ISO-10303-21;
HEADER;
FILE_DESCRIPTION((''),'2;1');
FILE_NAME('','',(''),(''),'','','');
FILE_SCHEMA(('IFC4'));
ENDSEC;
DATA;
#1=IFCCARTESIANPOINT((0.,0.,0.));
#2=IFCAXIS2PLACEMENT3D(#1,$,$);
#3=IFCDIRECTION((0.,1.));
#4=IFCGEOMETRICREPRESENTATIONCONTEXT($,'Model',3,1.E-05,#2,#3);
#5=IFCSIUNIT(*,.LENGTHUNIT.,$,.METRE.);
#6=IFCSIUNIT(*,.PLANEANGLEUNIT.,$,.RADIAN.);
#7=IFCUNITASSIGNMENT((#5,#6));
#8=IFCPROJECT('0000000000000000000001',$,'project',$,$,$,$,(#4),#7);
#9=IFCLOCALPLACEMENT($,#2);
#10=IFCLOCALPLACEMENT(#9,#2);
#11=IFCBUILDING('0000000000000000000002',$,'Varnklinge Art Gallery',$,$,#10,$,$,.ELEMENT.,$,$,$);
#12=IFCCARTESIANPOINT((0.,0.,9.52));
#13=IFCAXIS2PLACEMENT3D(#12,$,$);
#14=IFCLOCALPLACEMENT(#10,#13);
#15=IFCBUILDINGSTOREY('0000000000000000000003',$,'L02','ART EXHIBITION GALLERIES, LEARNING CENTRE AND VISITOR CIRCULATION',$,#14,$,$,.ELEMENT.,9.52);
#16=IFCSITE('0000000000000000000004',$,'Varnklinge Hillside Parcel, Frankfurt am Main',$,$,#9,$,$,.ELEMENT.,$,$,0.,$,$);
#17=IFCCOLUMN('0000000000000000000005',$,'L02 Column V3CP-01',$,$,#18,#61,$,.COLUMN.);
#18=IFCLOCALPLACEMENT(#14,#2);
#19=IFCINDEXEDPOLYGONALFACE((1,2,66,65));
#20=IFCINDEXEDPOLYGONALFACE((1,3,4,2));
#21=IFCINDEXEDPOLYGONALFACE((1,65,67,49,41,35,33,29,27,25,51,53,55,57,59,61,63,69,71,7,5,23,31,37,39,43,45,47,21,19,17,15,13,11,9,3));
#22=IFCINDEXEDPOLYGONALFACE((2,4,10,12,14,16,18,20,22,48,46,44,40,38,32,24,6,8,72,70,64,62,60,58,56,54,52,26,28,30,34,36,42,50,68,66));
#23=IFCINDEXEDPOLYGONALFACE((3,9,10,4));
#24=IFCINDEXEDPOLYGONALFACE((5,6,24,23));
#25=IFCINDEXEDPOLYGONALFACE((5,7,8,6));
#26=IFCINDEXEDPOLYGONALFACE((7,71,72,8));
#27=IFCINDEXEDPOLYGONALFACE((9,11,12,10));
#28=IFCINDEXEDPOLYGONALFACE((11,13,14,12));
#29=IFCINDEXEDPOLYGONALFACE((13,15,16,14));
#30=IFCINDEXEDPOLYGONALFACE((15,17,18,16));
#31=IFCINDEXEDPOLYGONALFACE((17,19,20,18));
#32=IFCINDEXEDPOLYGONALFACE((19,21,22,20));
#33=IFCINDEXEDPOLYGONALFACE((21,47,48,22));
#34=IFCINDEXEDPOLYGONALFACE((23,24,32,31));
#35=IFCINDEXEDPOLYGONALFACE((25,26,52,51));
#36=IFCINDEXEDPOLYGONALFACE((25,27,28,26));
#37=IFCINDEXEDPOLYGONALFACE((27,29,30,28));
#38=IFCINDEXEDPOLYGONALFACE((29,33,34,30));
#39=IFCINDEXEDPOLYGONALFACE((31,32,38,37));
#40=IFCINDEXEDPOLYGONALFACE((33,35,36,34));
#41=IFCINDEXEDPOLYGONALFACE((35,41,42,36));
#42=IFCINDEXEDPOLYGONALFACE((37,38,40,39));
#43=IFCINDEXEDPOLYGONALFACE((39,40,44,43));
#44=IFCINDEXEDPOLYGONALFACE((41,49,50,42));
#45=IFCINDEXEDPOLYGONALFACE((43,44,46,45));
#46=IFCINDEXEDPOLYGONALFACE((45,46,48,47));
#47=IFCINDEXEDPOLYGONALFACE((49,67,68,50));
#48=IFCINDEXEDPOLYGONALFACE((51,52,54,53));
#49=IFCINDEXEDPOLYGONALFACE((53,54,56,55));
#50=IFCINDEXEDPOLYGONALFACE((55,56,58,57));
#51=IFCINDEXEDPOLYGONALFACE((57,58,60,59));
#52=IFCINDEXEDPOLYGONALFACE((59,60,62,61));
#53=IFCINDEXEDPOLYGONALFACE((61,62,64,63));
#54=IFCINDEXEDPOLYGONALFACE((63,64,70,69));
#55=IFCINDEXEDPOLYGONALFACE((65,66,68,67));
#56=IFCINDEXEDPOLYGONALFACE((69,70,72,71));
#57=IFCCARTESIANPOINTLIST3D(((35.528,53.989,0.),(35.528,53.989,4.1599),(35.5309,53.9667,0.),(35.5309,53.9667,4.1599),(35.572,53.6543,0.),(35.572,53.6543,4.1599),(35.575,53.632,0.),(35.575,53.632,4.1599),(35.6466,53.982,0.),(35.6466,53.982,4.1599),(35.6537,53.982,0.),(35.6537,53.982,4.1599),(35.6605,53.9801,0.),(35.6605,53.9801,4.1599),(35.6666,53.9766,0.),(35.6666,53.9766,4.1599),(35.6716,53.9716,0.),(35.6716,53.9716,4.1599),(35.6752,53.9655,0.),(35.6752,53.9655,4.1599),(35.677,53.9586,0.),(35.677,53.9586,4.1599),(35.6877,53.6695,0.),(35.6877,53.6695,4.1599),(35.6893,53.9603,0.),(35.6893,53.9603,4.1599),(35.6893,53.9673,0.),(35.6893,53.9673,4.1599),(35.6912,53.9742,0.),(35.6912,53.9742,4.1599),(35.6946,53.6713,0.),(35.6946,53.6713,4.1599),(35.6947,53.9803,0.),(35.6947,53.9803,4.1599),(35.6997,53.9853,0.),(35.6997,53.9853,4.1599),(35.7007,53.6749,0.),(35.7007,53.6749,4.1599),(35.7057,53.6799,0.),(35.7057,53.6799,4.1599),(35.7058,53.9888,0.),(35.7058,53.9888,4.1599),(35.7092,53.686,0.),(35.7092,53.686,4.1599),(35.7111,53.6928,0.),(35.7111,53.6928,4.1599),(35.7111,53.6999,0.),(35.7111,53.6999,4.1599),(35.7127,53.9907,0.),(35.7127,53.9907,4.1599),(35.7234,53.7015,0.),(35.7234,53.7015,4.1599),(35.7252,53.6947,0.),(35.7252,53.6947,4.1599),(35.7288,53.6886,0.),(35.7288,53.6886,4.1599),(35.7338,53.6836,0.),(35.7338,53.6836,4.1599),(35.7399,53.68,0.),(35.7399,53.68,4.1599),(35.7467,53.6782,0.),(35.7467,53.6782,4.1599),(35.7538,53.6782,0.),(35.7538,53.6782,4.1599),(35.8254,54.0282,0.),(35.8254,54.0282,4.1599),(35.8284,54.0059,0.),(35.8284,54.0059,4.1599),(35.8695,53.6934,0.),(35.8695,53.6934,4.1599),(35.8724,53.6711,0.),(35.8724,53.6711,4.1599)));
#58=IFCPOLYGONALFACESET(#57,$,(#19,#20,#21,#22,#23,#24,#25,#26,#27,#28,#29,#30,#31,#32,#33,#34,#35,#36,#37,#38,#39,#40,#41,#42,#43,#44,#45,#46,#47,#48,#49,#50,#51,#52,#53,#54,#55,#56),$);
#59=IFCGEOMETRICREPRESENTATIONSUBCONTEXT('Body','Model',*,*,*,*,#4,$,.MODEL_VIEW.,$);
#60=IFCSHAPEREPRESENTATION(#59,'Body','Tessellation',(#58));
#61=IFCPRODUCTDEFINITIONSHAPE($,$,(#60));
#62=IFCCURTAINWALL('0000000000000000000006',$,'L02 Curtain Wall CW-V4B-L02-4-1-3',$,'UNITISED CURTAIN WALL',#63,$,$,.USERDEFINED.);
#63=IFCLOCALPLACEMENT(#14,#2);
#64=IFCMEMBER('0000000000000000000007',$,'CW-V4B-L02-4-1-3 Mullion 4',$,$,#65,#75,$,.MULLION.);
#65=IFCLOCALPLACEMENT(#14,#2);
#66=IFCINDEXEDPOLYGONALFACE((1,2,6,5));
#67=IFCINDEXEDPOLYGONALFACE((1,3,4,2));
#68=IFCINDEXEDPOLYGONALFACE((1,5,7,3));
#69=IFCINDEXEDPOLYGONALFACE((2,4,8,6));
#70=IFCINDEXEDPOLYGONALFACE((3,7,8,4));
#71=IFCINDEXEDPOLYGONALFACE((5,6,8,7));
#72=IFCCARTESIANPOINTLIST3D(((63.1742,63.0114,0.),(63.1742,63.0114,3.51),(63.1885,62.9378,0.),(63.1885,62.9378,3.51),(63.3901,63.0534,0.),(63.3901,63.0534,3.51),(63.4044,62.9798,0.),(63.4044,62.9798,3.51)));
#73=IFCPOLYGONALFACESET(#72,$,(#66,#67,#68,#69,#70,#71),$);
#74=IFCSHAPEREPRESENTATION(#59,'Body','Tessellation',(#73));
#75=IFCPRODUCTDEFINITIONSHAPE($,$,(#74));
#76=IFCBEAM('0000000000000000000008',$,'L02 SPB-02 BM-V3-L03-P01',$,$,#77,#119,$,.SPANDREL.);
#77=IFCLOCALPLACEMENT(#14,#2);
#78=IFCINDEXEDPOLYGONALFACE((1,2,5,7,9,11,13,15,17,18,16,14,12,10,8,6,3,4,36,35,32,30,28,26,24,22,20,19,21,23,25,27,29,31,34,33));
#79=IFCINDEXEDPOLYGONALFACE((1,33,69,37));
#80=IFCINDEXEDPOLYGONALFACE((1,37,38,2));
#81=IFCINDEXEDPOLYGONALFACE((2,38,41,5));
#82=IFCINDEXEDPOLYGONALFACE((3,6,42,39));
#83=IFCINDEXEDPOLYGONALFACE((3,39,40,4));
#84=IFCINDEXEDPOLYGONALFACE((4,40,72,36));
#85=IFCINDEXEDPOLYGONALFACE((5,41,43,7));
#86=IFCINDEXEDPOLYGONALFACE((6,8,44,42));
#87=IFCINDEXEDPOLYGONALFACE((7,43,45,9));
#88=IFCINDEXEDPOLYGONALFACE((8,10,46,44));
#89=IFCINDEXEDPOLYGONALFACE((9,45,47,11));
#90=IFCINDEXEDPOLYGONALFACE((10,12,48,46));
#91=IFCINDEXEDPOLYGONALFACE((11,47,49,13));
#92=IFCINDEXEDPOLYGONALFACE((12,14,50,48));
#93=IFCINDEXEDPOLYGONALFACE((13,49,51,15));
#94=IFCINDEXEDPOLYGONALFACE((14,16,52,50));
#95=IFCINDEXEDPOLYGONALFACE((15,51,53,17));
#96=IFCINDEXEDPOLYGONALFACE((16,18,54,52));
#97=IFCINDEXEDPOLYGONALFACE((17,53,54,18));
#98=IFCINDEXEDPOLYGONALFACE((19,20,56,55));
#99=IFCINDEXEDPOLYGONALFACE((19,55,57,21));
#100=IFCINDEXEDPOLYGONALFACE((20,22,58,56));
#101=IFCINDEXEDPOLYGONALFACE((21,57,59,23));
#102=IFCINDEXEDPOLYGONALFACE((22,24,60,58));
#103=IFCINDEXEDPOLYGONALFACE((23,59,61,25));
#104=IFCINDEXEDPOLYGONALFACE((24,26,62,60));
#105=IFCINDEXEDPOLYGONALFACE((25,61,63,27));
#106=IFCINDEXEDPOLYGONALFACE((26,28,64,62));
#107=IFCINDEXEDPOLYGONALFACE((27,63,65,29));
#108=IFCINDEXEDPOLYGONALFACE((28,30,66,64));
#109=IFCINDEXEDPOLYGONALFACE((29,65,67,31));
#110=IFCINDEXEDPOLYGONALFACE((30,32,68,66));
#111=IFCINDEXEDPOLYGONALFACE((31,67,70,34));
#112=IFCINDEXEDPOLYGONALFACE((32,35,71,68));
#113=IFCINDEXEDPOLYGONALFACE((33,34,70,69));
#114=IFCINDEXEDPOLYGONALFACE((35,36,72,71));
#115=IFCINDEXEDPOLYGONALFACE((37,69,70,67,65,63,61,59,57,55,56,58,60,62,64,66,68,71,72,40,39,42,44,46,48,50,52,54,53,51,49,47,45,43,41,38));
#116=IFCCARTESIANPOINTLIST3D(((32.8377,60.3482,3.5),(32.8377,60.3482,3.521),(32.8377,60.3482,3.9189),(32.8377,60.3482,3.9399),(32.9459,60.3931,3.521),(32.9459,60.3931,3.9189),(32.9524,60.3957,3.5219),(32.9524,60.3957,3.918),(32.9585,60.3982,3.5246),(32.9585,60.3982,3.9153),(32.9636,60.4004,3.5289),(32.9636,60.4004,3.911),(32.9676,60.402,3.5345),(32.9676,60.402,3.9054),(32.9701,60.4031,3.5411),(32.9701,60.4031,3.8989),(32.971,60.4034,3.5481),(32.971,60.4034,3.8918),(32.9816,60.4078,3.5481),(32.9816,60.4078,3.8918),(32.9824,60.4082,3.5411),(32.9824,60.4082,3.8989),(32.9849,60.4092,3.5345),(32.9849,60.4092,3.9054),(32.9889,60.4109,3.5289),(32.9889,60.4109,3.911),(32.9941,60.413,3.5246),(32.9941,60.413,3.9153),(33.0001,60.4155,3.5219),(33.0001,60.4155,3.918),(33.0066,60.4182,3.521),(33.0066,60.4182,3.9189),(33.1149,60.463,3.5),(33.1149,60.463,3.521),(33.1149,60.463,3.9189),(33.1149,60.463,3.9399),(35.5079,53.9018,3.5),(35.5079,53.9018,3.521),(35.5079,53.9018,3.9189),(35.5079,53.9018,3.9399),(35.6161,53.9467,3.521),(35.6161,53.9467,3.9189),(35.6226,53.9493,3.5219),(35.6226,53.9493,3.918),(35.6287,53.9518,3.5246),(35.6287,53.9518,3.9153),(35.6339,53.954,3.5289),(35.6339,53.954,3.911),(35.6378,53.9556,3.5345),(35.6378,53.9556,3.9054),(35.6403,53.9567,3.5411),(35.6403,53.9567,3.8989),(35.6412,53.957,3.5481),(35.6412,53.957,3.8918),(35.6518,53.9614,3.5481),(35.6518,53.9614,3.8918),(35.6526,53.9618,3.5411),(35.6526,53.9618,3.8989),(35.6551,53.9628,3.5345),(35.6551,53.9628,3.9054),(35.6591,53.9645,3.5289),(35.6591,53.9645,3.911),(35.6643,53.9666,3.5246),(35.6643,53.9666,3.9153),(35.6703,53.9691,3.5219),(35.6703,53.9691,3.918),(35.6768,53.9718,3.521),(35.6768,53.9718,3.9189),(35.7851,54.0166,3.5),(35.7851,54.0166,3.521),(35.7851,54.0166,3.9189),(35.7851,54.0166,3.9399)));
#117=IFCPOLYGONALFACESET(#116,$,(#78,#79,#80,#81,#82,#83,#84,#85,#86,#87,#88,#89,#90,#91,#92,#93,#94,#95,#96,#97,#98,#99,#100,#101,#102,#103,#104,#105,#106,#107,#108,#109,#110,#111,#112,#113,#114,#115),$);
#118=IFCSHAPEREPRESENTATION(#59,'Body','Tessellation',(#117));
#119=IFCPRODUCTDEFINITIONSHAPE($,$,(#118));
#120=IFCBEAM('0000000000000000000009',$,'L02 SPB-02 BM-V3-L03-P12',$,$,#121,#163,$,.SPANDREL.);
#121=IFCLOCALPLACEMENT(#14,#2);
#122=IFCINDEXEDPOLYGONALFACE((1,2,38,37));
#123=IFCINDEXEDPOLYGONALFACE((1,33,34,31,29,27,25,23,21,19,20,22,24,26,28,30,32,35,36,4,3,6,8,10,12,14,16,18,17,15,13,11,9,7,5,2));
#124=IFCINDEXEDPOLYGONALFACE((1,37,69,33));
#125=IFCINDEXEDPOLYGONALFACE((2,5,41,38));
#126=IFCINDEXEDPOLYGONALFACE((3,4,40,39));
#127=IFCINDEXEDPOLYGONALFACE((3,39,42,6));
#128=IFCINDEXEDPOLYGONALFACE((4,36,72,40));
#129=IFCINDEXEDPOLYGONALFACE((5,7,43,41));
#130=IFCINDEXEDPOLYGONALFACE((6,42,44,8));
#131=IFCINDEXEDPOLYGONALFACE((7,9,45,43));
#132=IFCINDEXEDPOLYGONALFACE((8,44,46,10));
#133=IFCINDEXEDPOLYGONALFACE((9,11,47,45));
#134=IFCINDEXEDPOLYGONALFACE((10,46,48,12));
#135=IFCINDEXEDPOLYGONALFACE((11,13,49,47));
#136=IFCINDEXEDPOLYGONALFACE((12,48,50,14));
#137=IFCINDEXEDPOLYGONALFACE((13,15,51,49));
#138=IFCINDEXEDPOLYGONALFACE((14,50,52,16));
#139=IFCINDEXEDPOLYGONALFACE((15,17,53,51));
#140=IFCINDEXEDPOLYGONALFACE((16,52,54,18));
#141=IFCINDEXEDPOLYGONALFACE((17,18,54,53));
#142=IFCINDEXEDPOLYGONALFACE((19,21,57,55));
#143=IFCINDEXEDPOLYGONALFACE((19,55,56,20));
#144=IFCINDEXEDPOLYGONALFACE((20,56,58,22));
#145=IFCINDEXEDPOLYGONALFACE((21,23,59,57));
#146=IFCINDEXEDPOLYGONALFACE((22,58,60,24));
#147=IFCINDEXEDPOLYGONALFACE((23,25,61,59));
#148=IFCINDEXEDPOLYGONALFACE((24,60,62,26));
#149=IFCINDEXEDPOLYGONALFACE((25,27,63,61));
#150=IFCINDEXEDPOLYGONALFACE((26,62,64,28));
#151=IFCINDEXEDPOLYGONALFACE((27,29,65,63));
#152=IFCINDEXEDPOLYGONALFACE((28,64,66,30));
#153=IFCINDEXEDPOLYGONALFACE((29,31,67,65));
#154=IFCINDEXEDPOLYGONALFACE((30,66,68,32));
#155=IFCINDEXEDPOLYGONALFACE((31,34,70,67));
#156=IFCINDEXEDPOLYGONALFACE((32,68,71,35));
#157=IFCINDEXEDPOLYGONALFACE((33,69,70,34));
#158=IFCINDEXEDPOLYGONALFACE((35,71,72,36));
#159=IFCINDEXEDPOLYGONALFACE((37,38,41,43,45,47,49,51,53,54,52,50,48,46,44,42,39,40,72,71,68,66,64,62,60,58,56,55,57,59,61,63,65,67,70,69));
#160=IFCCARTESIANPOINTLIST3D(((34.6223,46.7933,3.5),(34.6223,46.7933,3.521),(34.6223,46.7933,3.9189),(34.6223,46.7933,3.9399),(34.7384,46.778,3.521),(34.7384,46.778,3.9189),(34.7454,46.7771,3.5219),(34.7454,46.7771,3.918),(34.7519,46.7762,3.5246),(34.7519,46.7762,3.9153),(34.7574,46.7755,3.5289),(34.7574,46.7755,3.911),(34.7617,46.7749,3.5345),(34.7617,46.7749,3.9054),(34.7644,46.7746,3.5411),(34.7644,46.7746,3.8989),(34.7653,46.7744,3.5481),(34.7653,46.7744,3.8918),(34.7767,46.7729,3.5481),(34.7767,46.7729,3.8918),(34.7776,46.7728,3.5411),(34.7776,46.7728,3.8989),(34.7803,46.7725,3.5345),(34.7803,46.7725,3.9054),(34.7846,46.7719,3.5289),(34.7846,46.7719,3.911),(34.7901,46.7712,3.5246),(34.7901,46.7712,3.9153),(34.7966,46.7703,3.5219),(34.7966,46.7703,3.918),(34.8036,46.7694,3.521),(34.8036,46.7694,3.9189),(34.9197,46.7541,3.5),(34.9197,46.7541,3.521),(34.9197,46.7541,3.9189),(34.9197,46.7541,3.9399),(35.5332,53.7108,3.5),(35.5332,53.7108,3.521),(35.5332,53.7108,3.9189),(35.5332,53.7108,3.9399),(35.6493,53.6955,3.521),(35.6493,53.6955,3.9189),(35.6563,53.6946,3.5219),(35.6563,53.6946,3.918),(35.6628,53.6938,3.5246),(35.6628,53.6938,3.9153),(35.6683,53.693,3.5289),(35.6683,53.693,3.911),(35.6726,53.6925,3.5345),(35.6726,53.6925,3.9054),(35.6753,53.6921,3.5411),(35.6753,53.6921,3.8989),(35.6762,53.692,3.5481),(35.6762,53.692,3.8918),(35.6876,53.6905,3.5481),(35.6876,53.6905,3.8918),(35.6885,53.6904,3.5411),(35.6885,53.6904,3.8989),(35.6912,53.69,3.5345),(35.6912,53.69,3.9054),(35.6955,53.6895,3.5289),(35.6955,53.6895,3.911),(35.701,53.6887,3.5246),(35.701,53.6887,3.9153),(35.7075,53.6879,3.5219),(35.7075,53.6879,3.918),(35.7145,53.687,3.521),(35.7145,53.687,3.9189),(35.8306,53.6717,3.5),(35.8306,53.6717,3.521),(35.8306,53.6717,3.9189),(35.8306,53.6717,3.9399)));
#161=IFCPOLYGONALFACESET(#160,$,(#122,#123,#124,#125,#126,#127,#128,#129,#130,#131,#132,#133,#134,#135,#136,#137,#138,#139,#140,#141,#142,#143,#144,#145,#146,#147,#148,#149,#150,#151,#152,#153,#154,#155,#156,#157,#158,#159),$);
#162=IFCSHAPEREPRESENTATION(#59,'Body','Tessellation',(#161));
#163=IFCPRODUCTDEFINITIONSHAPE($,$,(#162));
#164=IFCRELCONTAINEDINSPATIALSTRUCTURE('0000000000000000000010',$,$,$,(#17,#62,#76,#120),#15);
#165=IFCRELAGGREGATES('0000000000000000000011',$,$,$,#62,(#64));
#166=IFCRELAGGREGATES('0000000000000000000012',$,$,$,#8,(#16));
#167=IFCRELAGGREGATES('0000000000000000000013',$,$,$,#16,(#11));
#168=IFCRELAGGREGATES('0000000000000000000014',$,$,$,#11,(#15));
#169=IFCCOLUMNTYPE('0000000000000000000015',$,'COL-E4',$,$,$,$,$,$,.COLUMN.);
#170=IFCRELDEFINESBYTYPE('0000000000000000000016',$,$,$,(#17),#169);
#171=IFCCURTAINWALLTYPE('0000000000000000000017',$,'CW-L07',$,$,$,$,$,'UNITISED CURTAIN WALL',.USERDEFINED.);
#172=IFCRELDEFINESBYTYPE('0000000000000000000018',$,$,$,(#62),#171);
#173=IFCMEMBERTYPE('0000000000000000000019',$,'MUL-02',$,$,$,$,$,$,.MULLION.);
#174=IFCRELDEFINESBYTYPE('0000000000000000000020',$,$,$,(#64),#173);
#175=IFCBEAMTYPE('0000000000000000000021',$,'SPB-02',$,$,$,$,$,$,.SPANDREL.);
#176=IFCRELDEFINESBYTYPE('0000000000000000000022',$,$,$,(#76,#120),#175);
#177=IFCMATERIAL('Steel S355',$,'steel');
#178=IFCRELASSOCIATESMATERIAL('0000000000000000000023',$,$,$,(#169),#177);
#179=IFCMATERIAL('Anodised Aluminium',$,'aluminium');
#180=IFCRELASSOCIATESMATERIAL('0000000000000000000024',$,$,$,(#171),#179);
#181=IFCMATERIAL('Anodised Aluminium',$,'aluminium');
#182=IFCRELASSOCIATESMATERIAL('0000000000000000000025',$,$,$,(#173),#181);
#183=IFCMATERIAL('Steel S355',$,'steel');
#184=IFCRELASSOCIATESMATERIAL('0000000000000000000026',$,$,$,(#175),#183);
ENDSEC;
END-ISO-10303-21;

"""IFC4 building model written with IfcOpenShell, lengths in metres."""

from ifc_helpers import new_model, si_unit, direction, frame, origin, origin_2d, place, context, subcontext, project, spatial, rectangle, i_section, extrude, material, material_profile, profile_set, type_object, element, aggregate, save


model = new_model("IFC4")

# Units and contexts
model_context = context("Model", 3, precision=1e-05, world=origin(), true_north=direction((0.0, 1.0)))
body_context = subcontext(model_context, "Body", "Model", "MODEL_VIEW")
ifc_project = project(units=[si_unit("LENGTHUNIT", "METRE"), si_unit("PLANEANGLEUNIT", "RADIAN")], contexts=[model_context])

# Site, building, storey
site_placement = place(None, origin())
site = spatial("IfcSite", under=ifc_project, at=site_placement, Name="Varnklinge Hillside Parcel, Frankfurt am Main", CompositionType="ELEMENT", RefElevation=0.0)
building_placement = place(site_placement, origin())
building = spatial("IfcBuilding", under=site, at=building_placement, Name="Varnklinge Art Gallery", CompositionType="ELEMENT")
storey_placement = place(building_placement, frame((0.0, 0.0, 9.52)))
storey = spatial("IfcBuildingStorey", under=building, at=storey_placement, Name="L02", Description="ART EXHIBITION GALLERIES, LEARNING CENTRE AND VISITOR CIRCULATION", CompositionType="ELEMENT", Elevation=9.52)

# Column
ifc_material_1 = material(Name="Steel S355", Category="steel")
ifc_material_profile_1 = material_profile(ifc_material_1, i_section(OverallWidth=0.3, OverallDepth=0.3601, WebThickness=0.0125, FlangeThickness=0.0225, FilletRadius=0.0271, at=origin_2d()), Name="HEB 360")
ifc_profile_set_1 = profile_set([ifc_material_profile_1], Name="Steel S355")
column_type = type_object("IfcColumnType", Name="COL-E4", PredefinedType="COLUMN", material=ifc_profile_set_1)
column_placement = place(storey_placement, frame((35.7002, 53.8301, 0.0), z_axis=(0.0, 0.0, 1.0), x_axis=(0.991445, 0.130526, 0.0)))
element("IfcColumn", 1, at=column_placement, inside=storey, type_object=column_type, Name="L02 Column V3CP-01", PredefinedType="COLUMN", context=body_context, shape_type="SweptSolid", body=[
    extrude(i_section(OverallWidth=0.3, OverallDepth=0.3601, WebThickness=0.0125, FlangeThickness=0.0225, FilletRadius=0.0271, at=origin_2d()), origin(), (0.0, 0.0, 1.0), 4.1599),
])

# Curtain wall, member
ifc_material_2 = material(Name="Anodised Aluminium", Category="aluminium")
curtain_wall_type = type_object("IfcCurtainWallType", Name="CW-L07", ElementType="UNITISED CURTAIN WALL", PredefinedType="USERDEFINED", material=ifc_material_2)
curtain_wall_placement = place(storey_placement, origin())
curtain_wall = element("IfcCurtainWall", 2, at=curtain_wall_placement, inside=storey, type_object=curtain_wall_type, Name="L02 Curtain Wall CW-V4B-L02-4-1-3", ObjectType="UNITISED CURTAIN WALL", PredefinedType="USERDEFINED")
ifc_material_3 = material(Name="Anodised Aluminium", Category="aluminium")
ifc_material_profile_2 = material_profile(ifc_material_3, rectangle(XDim=0.075, YDim=0.22, at=origin_2d()), Name="ALU 75x220")
ifc_profile_set_2 = profile_set([ifc_material_profile_2], Name="Anodised Aluminium")
member_type = type_object("IfcMemberType", Name="MUL-02", PredefinedType="MULLION", material=ifc_profile_set_2)
member_placement = place(storey_placement, frame((63.2893, 62.9956, 0.0), z_axis=(0.0, 0.0, 1.0), x_axis=(0.190809, -0.981627, 0.0)))
member = element("IfcMember", 3, at=member_placement, type_object=member_type, Name="CW-V4B-L02-4-1-3 Mullion 4", PredefinedType="MULLION", context=body_context, shape_type="SweptSolid", body=[
    extrude(rectangle(XDim=0.075, YDim=0.22, at=origin_2d()), origin(), (0.0, 0.0, 1.0), 3.51),
])
aggregate(curtain_wall, [member])

# Beams
ifc_material_4 = material(Name="Steel S355", Category="steel")
ifc_material_profile_3 = material_profile(ifc_material_4, i_section(OverallWidth=0.3, OverallDepth=0.4399, WebThickness=0.0115, FlangeThickness=0.021, FilletRadius=0.0271, at=origin_2d()), Name="HEA 450")
ifc_profile_set_3 = profile_set([ifc_material_profile_3], Name="Steel S355")
beam_type = type_object("IfcBeamType", Name="SPB-02", PredefinedType="SPANDREL", material=ifc_profile_set_3)
beam_1_placement = place(storey_placement, frame((35.6465, 53.9592, 3.72), z_axis=(-0.382687, 0.923878, 0.0), x_axis=(-0.923878, -0.382687, 0.0)))
element("IfcBeam", 4, at=beam_1_placement, inside=storey, type_object=beam_type, Name="L02 SPB-02 BM-V3-L03-P01", PredefinedType="SPANDREL", context=body_context, shape_type="SweptSolid", body=[
    extrude(i_section(OverallWidth=0.3, OverallDepth=0.4399, WebThickness=0.0115, FlangeThickness=0.021, FilletRadius=0.0271, at=origin_2d()), origin(), (0.0, 0.0, 1.0), 6.9775),
])
beam_2_placement = place(storey_placement, frame((34.771, 46.7737, 3.72), z_axis=(0.130552, 0.991441, 0.0), x_axis=(-0.991441, 0.130552, 0.0)))
element("IfcBeam", 5, at=beam_2_placement, inside=storey, type_object=beam_type, Name="L02 SPB-02 BM-V3-L03-P12", PredefinedType="SPANDREL", context=body_context, shape_type="SweptSolid", body=[
    extrude(i_section(OverallWidth=0.3, OverallDepth=0.4399, WebThickness=0.0115, FlangeThickness=0.021, FilletRadius=0.0271, at=origin_2d()), origin(), (0.0, 0.0, 1.0), 6.9773),
])

save(model, "model.ifc")
